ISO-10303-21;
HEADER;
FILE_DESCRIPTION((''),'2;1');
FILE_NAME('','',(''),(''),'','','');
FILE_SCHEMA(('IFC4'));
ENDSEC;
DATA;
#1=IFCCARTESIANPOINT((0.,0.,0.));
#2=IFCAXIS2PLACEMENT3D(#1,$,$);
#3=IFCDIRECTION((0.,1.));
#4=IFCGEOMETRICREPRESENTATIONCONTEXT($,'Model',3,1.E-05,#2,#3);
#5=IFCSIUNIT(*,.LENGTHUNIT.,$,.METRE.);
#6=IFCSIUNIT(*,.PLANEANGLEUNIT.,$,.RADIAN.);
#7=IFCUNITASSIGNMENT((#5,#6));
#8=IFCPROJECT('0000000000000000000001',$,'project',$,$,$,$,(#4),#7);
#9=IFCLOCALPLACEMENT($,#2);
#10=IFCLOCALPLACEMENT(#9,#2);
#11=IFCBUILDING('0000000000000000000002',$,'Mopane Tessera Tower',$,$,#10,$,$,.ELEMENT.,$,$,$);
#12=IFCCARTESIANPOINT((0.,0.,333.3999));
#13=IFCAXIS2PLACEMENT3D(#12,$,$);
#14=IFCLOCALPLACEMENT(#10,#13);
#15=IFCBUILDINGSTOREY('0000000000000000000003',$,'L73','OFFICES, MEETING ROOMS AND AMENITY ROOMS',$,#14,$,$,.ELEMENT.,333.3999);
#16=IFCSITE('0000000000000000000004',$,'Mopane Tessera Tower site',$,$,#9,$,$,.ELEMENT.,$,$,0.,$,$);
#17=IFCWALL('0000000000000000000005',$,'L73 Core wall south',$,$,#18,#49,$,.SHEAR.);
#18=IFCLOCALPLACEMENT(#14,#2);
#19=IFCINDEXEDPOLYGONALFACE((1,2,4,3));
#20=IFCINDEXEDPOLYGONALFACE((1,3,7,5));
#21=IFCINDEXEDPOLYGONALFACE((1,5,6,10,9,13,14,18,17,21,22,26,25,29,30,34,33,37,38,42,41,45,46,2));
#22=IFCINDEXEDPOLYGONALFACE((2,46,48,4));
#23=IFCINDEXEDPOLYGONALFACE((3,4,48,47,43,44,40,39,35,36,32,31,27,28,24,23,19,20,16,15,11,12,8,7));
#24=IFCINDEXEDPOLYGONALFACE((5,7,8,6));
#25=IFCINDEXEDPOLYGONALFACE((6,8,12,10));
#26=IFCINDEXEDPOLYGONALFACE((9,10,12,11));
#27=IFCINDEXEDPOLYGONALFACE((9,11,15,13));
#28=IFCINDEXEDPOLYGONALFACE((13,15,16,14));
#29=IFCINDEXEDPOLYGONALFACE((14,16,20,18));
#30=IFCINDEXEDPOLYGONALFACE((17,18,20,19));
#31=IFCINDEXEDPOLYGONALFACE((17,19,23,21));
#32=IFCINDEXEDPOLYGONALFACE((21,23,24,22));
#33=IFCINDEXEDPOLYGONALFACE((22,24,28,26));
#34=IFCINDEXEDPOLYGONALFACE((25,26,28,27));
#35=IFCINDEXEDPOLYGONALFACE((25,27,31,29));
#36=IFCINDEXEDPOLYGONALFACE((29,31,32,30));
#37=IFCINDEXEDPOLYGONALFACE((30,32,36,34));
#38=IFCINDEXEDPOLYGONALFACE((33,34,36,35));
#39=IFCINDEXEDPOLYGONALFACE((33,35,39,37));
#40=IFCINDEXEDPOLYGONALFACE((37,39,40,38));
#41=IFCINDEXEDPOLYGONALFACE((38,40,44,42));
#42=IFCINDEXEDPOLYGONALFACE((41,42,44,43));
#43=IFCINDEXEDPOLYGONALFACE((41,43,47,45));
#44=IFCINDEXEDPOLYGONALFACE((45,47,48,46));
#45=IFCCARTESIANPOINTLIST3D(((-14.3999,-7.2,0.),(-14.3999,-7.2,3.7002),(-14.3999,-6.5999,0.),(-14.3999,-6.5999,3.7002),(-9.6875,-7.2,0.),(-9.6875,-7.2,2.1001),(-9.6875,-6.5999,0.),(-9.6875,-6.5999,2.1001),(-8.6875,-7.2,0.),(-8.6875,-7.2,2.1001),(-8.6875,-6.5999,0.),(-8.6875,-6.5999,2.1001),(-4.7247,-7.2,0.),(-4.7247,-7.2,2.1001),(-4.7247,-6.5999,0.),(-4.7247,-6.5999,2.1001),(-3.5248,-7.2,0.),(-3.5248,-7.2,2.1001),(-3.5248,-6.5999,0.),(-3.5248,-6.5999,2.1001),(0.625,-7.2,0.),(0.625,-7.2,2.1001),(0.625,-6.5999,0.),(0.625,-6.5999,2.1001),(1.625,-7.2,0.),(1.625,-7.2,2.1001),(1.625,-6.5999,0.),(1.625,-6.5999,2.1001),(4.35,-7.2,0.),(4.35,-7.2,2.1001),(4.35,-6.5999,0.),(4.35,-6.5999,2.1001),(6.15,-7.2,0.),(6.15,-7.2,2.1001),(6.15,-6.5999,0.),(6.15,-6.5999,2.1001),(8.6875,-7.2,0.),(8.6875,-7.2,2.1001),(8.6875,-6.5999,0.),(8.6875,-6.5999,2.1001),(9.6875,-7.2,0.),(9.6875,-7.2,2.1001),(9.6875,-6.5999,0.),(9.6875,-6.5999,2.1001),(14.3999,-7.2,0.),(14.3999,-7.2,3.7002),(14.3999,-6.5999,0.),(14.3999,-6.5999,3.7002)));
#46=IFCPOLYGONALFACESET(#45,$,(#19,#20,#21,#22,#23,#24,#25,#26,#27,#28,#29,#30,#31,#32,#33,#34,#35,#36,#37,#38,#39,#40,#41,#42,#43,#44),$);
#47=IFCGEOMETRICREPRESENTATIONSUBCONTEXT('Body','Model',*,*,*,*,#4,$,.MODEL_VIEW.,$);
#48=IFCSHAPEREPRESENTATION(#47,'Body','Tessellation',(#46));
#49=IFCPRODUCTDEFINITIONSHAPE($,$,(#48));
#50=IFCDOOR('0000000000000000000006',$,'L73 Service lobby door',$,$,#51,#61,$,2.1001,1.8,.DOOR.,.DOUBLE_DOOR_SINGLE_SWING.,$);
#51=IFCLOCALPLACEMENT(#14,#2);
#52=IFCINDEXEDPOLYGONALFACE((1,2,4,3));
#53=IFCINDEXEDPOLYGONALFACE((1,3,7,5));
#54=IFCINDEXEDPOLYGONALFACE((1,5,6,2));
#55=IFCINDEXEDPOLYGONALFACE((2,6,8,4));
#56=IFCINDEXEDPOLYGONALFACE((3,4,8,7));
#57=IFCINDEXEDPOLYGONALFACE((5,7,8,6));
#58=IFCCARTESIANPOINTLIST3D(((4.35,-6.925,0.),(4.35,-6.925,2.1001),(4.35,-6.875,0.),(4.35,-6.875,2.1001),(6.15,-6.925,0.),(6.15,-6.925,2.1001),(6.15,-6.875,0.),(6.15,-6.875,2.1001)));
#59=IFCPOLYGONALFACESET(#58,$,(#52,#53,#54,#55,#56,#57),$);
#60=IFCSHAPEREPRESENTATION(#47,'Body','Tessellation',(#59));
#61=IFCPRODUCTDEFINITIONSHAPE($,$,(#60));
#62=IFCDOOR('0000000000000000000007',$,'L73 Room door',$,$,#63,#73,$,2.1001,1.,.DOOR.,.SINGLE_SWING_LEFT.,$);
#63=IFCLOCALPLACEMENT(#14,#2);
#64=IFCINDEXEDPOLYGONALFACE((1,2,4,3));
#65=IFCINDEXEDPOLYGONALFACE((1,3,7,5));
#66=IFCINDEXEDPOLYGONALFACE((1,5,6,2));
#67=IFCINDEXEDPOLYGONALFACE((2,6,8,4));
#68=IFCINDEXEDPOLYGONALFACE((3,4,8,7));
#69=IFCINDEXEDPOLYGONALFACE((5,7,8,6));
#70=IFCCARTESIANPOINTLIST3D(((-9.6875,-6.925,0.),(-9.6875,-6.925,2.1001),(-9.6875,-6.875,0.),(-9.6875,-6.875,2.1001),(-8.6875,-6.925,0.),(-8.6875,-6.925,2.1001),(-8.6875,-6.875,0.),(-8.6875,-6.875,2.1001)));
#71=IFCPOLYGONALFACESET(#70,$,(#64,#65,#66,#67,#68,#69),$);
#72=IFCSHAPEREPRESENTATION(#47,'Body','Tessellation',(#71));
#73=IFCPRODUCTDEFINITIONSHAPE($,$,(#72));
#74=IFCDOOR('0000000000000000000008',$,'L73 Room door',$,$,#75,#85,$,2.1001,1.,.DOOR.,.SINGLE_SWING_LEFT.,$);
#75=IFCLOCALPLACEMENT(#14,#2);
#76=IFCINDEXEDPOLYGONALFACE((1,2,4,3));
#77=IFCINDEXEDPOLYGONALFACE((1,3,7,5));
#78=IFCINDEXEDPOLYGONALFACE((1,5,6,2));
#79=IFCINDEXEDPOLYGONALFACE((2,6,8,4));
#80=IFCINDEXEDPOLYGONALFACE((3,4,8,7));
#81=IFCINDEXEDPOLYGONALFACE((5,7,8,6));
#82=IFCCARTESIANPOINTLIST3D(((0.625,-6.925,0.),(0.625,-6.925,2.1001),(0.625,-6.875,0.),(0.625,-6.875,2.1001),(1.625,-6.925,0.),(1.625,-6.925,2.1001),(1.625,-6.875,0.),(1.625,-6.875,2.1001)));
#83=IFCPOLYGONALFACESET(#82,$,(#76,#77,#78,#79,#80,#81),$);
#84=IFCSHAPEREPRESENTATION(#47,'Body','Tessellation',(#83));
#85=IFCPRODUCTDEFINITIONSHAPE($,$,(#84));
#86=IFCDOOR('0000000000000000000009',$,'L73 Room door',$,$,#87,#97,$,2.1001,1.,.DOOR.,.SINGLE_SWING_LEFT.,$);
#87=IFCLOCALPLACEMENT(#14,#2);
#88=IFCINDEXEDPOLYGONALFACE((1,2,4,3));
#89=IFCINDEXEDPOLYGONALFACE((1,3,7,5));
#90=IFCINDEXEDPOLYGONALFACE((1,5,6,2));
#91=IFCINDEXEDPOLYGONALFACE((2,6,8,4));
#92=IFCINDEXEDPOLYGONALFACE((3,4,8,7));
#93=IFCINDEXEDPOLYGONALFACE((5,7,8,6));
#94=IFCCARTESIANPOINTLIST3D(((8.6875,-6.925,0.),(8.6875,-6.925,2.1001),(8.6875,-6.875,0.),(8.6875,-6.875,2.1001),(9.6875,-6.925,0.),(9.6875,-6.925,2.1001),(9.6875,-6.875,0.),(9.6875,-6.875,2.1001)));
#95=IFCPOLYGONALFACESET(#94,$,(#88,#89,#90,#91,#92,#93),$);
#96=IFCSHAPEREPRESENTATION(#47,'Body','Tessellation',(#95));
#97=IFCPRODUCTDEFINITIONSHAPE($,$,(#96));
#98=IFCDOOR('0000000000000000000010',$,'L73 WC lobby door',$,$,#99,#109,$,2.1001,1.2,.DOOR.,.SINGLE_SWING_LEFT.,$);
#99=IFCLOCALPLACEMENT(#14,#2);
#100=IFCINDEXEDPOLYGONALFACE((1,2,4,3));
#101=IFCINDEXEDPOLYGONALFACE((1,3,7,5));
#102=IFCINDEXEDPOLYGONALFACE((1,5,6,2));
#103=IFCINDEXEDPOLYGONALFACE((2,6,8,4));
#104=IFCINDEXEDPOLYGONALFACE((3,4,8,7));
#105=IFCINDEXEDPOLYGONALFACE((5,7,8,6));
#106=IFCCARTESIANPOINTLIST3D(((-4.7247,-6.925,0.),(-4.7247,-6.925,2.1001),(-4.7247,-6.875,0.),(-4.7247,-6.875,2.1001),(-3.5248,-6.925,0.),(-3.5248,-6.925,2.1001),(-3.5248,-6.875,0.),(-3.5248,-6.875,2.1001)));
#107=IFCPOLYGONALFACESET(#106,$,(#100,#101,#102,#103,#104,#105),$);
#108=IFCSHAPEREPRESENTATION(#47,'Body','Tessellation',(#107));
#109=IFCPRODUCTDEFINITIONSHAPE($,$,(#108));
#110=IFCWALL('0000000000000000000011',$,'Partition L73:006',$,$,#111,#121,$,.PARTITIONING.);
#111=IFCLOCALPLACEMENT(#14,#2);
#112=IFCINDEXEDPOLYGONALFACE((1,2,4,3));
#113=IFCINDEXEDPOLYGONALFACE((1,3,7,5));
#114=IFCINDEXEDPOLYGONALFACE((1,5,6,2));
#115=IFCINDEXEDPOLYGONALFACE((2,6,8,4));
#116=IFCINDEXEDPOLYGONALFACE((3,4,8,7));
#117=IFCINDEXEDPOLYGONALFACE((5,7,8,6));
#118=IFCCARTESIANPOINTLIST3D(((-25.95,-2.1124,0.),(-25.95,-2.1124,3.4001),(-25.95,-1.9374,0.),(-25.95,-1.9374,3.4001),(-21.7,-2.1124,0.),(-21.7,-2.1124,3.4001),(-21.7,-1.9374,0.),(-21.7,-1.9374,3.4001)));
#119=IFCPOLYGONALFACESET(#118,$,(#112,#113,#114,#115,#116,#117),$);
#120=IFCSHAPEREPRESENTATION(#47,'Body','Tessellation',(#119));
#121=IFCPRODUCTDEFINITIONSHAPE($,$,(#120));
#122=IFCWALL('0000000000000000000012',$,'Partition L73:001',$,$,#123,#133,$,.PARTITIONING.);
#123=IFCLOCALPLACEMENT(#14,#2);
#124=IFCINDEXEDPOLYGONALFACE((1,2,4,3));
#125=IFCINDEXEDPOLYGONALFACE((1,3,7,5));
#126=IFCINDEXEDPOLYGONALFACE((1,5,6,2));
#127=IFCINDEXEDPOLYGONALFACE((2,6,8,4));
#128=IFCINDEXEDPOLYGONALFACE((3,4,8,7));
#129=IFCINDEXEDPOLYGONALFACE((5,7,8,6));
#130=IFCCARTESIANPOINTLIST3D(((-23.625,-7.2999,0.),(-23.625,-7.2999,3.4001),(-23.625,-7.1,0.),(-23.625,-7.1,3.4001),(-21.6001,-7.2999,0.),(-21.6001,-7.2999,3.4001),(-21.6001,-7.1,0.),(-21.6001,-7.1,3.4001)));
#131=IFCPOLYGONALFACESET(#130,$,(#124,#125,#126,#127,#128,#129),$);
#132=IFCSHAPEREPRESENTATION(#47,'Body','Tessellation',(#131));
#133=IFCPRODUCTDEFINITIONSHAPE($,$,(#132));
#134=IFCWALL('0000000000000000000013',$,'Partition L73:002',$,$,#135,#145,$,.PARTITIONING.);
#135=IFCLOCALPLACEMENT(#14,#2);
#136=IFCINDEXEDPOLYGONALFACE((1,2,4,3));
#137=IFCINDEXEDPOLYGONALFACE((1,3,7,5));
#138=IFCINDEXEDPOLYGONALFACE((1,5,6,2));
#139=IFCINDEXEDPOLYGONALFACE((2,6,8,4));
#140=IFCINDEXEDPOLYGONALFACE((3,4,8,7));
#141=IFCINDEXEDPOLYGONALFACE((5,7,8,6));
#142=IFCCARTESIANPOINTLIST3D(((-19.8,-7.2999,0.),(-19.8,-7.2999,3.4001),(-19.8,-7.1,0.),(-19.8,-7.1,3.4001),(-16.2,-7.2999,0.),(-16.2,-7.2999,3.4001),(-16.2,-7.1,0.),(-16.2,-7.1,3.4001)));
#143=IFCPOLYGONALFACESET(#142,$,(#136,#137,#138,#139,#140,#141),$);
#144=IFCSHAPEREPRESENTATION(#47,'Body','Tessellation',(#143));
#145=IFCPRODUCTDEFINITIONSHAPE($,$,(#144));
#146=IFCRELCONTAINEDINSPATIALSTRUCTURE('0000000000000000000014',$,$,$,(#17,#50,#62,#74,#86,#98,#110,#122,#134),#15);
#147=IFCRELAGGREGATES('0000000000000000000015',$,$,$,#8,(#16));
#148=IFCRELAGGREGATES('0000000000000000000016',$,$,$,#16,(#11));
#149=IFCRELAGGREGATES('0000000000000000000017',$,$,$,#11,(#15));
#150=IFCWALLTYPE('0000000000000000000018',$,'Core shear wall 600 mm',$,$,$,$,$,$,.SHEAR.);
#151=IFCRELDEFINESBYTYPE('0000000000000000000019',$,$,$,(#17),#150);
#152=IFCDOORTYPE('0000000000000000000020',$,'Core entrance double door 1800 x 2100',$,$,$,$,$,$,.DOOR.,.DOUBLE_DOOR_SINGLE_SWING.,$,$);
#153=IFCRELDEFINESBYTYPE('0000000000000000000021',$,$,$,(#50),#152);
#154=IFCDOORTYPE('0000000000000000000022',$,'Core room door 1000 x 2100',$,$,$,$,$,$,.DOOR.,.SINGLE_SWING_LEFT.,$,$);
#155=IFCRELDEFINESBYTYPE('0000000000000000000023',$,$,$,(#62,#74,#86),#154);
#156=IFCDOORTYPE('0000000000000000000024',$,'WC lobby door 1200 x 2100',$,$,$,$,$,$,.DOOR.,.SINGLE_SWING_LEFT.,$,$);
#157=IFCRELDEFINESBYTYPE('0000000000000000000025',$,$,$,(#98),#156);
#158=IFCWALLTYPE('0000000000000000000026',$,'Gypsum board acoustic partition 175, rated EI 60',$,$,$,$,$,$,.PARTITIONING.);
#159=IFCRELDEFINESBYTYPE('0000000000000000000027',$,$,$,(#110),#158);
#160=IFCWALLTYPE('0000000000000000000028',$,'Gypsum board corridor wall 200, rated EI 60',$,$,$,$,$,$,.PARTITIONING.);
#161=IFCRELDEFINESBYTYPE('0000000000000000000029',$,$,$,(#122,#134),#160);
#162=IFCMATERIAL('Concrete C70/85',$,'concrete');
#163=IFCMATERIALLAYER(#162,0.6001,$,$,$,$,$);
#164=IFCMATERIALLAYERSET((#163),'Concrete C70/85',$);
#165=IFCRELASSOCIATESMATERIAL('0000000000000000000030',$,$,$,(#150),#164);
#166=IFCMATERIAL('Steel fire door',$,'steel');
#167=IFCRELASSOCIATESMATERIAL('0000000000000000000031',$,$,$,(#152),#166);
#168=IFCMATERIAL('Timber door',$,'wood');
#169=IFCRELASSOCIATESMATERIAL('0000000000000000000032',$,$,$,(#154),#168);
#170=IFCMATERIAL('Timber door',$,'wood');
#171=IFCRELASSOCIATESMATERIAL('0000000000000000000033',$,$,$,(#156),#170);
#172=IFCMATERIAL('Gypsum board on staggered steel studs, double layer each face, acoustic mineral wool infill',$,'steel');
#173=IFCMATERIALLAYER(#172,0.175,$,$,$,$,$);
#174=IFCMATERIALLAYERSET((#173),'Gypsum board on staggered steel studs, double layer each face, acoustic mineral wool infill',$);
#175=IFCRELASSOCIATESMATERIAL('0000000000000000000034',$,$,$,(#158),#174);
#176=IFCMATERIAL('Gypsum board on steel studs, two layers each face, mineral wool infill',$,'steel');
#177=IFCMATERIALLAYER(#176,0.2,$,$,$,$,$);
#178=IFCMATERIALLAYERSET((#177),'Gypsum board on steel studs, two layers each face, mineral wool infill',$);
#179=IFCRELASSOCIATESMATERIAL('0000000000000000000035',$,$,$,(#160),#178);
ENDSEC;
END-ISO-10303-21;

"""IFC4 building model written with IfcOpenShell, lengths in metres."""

from ifc_helpers import new_model, si_unit, direction, frame, frame_2d, origin, place, context, subcontext, project, spatial, rectangle, extrude, material, layer, layer_set, type_object, element, fill, save


model = new_model("IFC4")

# Units and contexts
model_context = context("Model", 3, precision=1e-05, world=origin(), true_north=direction((0.0, 1.0)))
body_context = subcontext(model_context, "Body", "Model", "MODEL_VIEW")
ifc_project = project(units=[si_unit("LENGTHUNIT", "METRE"), si_unit("PLANEANGLEUNIT", "RADIAN")], contexts=[model_context])

# Site, building, storey
site_placement = place(None, origin())
site = spatial("IfcSite", under=ifc_project, at=site_placement, Name="Mopane Tessera Tower site", CompositionType="ELEMENT", RefElevation=0.0)
building_placement = place(site_placement, origin())
building = spatial("IfcBuilding", under=site, at=building_placement, Name="Mopane Tessera Tower", CompositionType="ELEMENT")
storey_placement = place(building_placement, frame((0.0, 0.0, 333.3999)))
storey = spatial("IfcBuildingStorey", under=building, at=storey_placement, Name="L73", Description="OFFICES, MEETING ROOMS AND AMENITY ROOMS", CompositionType="ELEMENT", Elevation=333.3999)

# Wall, openings, doors
ifc_material_1 = material(Name="Concrete C70/85", Category="concrete")
ifc_layer_1 = layer(ifc_material_1, 0.6001)
ifc_layer_set_1 = layer_set([ifc_layer_1], Name="Concrete C70/85")
wall_type_1 = type_object("IfcWallType", Name="Core shear wall 600 mm", PredefinedType="SHEAR", material=ifc_layer_set_1)
wall_1_placement = place(storey_placement, frame((-14.3999, -6.8999, 0.0), z_axis=(0.0, 0.0, 1.0), x_axis=(1.0, 0.0, 0.0)))
wall_1 = element("IfcWall", 1, at=wall_1_placement, inside=storey, type_object=wall_type_1, Name="L73 Core wall south", PredefinedType="SHEAR", context=body_context, shape_type="SweptSolid", body=[
    extrude(rectangle(XDim=28.7998, YDim=0.6001, at=frame_2d((14.3999, 0.0))), origin(), (0.0, 0.0, 1.0), 3.7002),
])
opening_1_placement = place(wall_1_placement, frame((4.7124, 0.0, 0.0)))
opening_1 = element("IfcOpeningElement", 2, at=opening_1_placement, cuts=wall_1, PredefinedType="OPENING", context=body_context, shape_type="SweptSolid", body=[
    extrude(rectangle(XDim=1.0, YDim=2.1001, at=frame_2d((0.5, 1.05))), frame((0.0, 0.312, 0.0), z_axis=(0.0, -1.0, 0.0), x_axis=(1.0, 0.0, 0.0)), (0.0, 0.0, 1.0), 0.624),
])
opening_2_placement = place(wall_1_placement, frame((9.675, 0.0, 0.0)))
opening_2 = element("IfcOpeningElement", 3, at=opening_2_placement, cuts=wall_1, PredefinedType="OPENING", context=body_context, shape_type="SweptSolid", body=[
    extrude(rectangle(XDim=1.2, YDim=2.1001, at=frame_2d((0.6001, 1.05))), frame((0.0, 0.312, 0.0), z_axis=(0.0, -1.0, 0.0), x_axis=(1.0, 0.0, 0.0)), (0.0, 0.0, 1.0), 0.624),
])
opening_3_placement = place(wall_1_placement, frame((15.0249, 0.0, 0.0)))
opening_3 = element("IfcOpeningElement", 4, at=opening_3_placement, cuts=wall_1, PredefinedType="OPENING", context=body_context, shape_type="SweptSolid", body=[
    extrude(rectangle(XDim=1.0, YDim=2.1001, at=frame_2d((0.5, 1.05))), frame((0.0, 0.312, 0.0), z_axis=(0.0, -1.0, 0.0), x_axis=(1.0, 0.0, 0.0)), (0.0, 0.0, 1.0), 0.624),
])
opening_4_placement = place(wall_1_placement, frame((18.75, 0.0, 0.0)))
opening_4 = element("IfcOpeningElement", 5, at=opening_4_placement, cuts=wall_1, PredefinedType="OPENING", context=body_context, shape_type="SweptSolid", body=[
    extrude(rectangle(XDim=1.8, YDim=2.1001, at=frame_2d((0.8999, 1.05))), frame((0.0, 0.312, 0.0), z_axis=(0.0, -1.0, 0.0), x_axis=(1.0, 0.0, 0.0)), (0.0, 0.0, 1.0), 0.624),
])
opening_5_placement = place(wall_1_placement, frame((23.0874, 0.0, 0.0)))
opening_5 = element("IfcOpeningElement", 6, at=opening_5_placement, cuts=wall_1, PredefinedType="OPENING", context=body_context, shape_type="SweptSolid", body=[
    extrude(rectangle(XDim=1.0, YDim=2.1001, at=frame_2d((0.5, 1.05))), frame((0.0, 0.312, 0.0), z_axis=(0.0, -1.0, 0.0), x_axis=(1.0, 0.0, 0.0)), (0.0, 0.0, 1.0), 0.624),
])
ifc_material_2 = material(Name="Steel fire door", Category="steel")
door_type_1 = type_object("IfcDoorType", Name="Core entrance double door 1800 x 2100", OperationType="DOUBLE_DOOR_SINGLE_SWING", PredefinedType="DOOR", material=ifc_material_2)
door_1_placement = place(opening_4_placement, origin())
door_1 = element("IfcDoor", 7, at=door_1_placement, inside=storey, type_object=door_type_1, Name="L73 Service lobby door", OperationType="DOUBLE_DOOR_SINGLE_SWING", OverallHeight=2.1001, OverallWidth=1.8, PredefinedType="DOOR", context=body_context, shape_type="SweptSolid", body=[
    extrude(rectangle(XDim=1.8, YDim=2.1001, at=frame_2d((0.8999, 1.05))), frame((0.0, 0.0249, 0.0), z_axis=(0.0, -1.0, 0.0), x_axis=(1.0, 0.0, 0.0)), (0.0, 0.0, 1.0), 0.05),
])
fill(opening_4, door_1)
ifc_material_3 = material(Name="Timber door", Category="wood")
door_type_2 = type_object("IfcDoorType", Name="Core room door 1000 x 2100", OperationType="SINGLE_SWING_LEFT", PredefinedType="DOOR", material=ifc_material_3)
door_2_placement = place(opening_1_placement, origin())
door_2 = element("IfcDoor", 8, at=door_2_placement, inside=storey, type_object=door_type_2, Name="L73 Room door", OperationType="SINGLE_SWING_LEFT", OverallHeight=2.1001, OverallWidth=1.0, PredefinedType="DOOR", context=body_context, shape_type="SweptSolid", body=[
    extrude(rectangle(XDim=1.0, YDim=2.1001, at=frame_2d((0.5, 1.05))), frame((0.0, 0.0249, 0.0), z_axis=(0.0, -1.0, 0.0), x_axis=(1.0, 0.0, 0.0)), (0.0, 0.0, 1.0), 0.05),
])
fill(opening_1, door_2)
door_3_placement = place(opening_3_placement, origin())
door_3 = element("IfcDoor", 9, at=door_3_placement, inside=storey, type_object=door_type_2, Name="L73 Room door", OperationType="SINGLE_SWING_LEFT", OverallHeight=2.1001, OverallWidth=1.0, PredefinedType="DOOR", context=body_context, shape_type="SweptSolid", body=[
    extrude(rectangle(XDim=1.0, YDim=2.1001, at=frame_2d((0.5, 1.05))), frame((0.0, 0.0249, 0.0), z_axis=(0.0, -1.0, 0.0), x_axis=(1.0, 0.0, 0.0)), (0.0, 0.0, 1.0), 0.05),
])
fill(opening_3, door_3)
door_4_placement = place(opening_5_placement, origin())
door_4 = element("IfcDoor", 10, at=door_4_placement, inside=storey, type_object=door_type_2, Name="L73 Room door", OperationType="SINGLE_SWING_LEFT", OverallHeight=2.1001, OverallWidth=1.0, PredefinedType="DOOR", context=body_context, shape_type="SweptSolid", body=[
    extrude(rectangle(XDim=1.0, YDim=2.1001, at=frame_2d((0.5, 1.05))), frame((0.0, 0.0249, 0.0), z_axis=(0.0, -1.0, 0.0), x_axis=(1.0, 0.0, 0.0)), (0.0, 0.0, 1.0), 0.05),
])
fill(opening_5, door_4)
ifc_material_4 = material(Name="Timber door", Category="wood")
door_type_3 = type_object("IfcDoorType", Name="WC lobby door 1200 x 2100", OperationType="SINGLE_SWING_LEFT", PredefinedType="DOOR", material=ifc_material_4)
door_5_placement = place(opening_2_placement, origin())
door_5 = element("IfcDoor", 11, at=door_5_placement, inside=storey, type_object=door_type_3, Name="L73 WC lobby door", OperationType="SINGLE_SWING_LEFT", OverallHeight=2.1001, OverallWidth=1.2, PredefinedType="DOOR", context=body_context, shape_type="SweptSolid", body=[
    extrude(rectangle(XDim=1.2, YDim=2.1001, at=frame_2d((0.6001, 1.05))), frame((0.0, 0.0249, 0.0), z_axis=(0.0, -1.0, 0.0), x_axis=(1.0, 0.0, 0.0)), (0.0, 0.0, 1.0), 0.05),
])
fill(opening_2, door_5)

# Walls
ifc_material_5 = material(Name="Gypsum board on staggered steel studs, double layer each face, acoustic mineral wool infill", Category="steel")
ifc_layer_2 = layer(ifc_material_5, 0.175)
ifc_layer_set_2 = layer_set([ifc_layer_2], Name="Gypsum board on staggered steel studs, double layer each face, acoustic mineral wool infill")
wall_type_2 = type_object("IfcWallType", Name="Gypsum board acoustic partition 175, rated EI 60", PredefinedType="PARTITIONING", material=ifc_layer_set_2)
wall_2_placement = place(storey_placement, frame((-25.95, -2.0249, 0.0), z_axis=(0.0, 0.0, 1.0), x_axis=(1.0, 0.0, 0.0)))
element("IfcWall", 12, at=wall_2_placement, inside=storey, type_object=wall_type_2, Name="Partition L73:006", PredefinedType="PARTITIONING", context=body_context, shape_type="SweptSolid", body=[
    extrude(rectangle(XDim=4.25, YDim=0.175, at=frame_2d((2.125, 0.0))), origin(), (0.0, 0.0, 1.0), 3.4001),
])
ifc_material_6 = material(Name="Gypsum board on steel studs, two layers each face, mineral wool infill", Category="steel")
ifc_layer_3 = layer(ifc_material_6, 0.2)
ifc_layer_set_3 = layer_set([ifc_layer_3], Name="Gypsum board on steel studs, two layers each face, mineral wool infill")
wall_type_3 = type_object("IfcWallType", Name="Gypsum board corridor wall 200, rated EI 60", PredefinedType="PARTITIONING", material=ifc_layer_set_3)
wall_3_placement = place(storey_placement, frame((-23.625, -7.2, 0.0), z_axis=(0.0, 0.0, 1.0), x_axis=(1.0, 0.0, 0.0)))
element("IfcWall", 13, at=wall_3_placement, inside=storey, type_object=wall_type_3, Name="Partition L73:001", PredefinedType="PARTITIONING", context=body_context, shape_type="SweptSolid", body=[
    extrude(rectangle(XDim=2.0249, YDim=0.2, at=frame_2d((1.0125, 0.0))), origin(), (0.0, 0.0, 1.0), 3.4001),
])
wall_4_placement = place(storey_placement, frame((-19.8, -7.2, 0.0), z_axis=(0.0, 0.0, 1.0), x_axis=(1.0, 0.0, 0.0)))
element("IfcWall", 14, at=wall_4_placement, inside=storey, type_object=wall_type_3, Name="Partition L73:002", PredefinedType="PARTITIONING", context=body_context, shape_type="SweptSolid", body=[
    extrude(rectangle(XDim=3.6001, YDim=0.2, at=frame_2d((1.8, 0.0))), origin(), (0.0, 0.0, 1.0), 3.4001),
])

save(model, "model.ifc")
